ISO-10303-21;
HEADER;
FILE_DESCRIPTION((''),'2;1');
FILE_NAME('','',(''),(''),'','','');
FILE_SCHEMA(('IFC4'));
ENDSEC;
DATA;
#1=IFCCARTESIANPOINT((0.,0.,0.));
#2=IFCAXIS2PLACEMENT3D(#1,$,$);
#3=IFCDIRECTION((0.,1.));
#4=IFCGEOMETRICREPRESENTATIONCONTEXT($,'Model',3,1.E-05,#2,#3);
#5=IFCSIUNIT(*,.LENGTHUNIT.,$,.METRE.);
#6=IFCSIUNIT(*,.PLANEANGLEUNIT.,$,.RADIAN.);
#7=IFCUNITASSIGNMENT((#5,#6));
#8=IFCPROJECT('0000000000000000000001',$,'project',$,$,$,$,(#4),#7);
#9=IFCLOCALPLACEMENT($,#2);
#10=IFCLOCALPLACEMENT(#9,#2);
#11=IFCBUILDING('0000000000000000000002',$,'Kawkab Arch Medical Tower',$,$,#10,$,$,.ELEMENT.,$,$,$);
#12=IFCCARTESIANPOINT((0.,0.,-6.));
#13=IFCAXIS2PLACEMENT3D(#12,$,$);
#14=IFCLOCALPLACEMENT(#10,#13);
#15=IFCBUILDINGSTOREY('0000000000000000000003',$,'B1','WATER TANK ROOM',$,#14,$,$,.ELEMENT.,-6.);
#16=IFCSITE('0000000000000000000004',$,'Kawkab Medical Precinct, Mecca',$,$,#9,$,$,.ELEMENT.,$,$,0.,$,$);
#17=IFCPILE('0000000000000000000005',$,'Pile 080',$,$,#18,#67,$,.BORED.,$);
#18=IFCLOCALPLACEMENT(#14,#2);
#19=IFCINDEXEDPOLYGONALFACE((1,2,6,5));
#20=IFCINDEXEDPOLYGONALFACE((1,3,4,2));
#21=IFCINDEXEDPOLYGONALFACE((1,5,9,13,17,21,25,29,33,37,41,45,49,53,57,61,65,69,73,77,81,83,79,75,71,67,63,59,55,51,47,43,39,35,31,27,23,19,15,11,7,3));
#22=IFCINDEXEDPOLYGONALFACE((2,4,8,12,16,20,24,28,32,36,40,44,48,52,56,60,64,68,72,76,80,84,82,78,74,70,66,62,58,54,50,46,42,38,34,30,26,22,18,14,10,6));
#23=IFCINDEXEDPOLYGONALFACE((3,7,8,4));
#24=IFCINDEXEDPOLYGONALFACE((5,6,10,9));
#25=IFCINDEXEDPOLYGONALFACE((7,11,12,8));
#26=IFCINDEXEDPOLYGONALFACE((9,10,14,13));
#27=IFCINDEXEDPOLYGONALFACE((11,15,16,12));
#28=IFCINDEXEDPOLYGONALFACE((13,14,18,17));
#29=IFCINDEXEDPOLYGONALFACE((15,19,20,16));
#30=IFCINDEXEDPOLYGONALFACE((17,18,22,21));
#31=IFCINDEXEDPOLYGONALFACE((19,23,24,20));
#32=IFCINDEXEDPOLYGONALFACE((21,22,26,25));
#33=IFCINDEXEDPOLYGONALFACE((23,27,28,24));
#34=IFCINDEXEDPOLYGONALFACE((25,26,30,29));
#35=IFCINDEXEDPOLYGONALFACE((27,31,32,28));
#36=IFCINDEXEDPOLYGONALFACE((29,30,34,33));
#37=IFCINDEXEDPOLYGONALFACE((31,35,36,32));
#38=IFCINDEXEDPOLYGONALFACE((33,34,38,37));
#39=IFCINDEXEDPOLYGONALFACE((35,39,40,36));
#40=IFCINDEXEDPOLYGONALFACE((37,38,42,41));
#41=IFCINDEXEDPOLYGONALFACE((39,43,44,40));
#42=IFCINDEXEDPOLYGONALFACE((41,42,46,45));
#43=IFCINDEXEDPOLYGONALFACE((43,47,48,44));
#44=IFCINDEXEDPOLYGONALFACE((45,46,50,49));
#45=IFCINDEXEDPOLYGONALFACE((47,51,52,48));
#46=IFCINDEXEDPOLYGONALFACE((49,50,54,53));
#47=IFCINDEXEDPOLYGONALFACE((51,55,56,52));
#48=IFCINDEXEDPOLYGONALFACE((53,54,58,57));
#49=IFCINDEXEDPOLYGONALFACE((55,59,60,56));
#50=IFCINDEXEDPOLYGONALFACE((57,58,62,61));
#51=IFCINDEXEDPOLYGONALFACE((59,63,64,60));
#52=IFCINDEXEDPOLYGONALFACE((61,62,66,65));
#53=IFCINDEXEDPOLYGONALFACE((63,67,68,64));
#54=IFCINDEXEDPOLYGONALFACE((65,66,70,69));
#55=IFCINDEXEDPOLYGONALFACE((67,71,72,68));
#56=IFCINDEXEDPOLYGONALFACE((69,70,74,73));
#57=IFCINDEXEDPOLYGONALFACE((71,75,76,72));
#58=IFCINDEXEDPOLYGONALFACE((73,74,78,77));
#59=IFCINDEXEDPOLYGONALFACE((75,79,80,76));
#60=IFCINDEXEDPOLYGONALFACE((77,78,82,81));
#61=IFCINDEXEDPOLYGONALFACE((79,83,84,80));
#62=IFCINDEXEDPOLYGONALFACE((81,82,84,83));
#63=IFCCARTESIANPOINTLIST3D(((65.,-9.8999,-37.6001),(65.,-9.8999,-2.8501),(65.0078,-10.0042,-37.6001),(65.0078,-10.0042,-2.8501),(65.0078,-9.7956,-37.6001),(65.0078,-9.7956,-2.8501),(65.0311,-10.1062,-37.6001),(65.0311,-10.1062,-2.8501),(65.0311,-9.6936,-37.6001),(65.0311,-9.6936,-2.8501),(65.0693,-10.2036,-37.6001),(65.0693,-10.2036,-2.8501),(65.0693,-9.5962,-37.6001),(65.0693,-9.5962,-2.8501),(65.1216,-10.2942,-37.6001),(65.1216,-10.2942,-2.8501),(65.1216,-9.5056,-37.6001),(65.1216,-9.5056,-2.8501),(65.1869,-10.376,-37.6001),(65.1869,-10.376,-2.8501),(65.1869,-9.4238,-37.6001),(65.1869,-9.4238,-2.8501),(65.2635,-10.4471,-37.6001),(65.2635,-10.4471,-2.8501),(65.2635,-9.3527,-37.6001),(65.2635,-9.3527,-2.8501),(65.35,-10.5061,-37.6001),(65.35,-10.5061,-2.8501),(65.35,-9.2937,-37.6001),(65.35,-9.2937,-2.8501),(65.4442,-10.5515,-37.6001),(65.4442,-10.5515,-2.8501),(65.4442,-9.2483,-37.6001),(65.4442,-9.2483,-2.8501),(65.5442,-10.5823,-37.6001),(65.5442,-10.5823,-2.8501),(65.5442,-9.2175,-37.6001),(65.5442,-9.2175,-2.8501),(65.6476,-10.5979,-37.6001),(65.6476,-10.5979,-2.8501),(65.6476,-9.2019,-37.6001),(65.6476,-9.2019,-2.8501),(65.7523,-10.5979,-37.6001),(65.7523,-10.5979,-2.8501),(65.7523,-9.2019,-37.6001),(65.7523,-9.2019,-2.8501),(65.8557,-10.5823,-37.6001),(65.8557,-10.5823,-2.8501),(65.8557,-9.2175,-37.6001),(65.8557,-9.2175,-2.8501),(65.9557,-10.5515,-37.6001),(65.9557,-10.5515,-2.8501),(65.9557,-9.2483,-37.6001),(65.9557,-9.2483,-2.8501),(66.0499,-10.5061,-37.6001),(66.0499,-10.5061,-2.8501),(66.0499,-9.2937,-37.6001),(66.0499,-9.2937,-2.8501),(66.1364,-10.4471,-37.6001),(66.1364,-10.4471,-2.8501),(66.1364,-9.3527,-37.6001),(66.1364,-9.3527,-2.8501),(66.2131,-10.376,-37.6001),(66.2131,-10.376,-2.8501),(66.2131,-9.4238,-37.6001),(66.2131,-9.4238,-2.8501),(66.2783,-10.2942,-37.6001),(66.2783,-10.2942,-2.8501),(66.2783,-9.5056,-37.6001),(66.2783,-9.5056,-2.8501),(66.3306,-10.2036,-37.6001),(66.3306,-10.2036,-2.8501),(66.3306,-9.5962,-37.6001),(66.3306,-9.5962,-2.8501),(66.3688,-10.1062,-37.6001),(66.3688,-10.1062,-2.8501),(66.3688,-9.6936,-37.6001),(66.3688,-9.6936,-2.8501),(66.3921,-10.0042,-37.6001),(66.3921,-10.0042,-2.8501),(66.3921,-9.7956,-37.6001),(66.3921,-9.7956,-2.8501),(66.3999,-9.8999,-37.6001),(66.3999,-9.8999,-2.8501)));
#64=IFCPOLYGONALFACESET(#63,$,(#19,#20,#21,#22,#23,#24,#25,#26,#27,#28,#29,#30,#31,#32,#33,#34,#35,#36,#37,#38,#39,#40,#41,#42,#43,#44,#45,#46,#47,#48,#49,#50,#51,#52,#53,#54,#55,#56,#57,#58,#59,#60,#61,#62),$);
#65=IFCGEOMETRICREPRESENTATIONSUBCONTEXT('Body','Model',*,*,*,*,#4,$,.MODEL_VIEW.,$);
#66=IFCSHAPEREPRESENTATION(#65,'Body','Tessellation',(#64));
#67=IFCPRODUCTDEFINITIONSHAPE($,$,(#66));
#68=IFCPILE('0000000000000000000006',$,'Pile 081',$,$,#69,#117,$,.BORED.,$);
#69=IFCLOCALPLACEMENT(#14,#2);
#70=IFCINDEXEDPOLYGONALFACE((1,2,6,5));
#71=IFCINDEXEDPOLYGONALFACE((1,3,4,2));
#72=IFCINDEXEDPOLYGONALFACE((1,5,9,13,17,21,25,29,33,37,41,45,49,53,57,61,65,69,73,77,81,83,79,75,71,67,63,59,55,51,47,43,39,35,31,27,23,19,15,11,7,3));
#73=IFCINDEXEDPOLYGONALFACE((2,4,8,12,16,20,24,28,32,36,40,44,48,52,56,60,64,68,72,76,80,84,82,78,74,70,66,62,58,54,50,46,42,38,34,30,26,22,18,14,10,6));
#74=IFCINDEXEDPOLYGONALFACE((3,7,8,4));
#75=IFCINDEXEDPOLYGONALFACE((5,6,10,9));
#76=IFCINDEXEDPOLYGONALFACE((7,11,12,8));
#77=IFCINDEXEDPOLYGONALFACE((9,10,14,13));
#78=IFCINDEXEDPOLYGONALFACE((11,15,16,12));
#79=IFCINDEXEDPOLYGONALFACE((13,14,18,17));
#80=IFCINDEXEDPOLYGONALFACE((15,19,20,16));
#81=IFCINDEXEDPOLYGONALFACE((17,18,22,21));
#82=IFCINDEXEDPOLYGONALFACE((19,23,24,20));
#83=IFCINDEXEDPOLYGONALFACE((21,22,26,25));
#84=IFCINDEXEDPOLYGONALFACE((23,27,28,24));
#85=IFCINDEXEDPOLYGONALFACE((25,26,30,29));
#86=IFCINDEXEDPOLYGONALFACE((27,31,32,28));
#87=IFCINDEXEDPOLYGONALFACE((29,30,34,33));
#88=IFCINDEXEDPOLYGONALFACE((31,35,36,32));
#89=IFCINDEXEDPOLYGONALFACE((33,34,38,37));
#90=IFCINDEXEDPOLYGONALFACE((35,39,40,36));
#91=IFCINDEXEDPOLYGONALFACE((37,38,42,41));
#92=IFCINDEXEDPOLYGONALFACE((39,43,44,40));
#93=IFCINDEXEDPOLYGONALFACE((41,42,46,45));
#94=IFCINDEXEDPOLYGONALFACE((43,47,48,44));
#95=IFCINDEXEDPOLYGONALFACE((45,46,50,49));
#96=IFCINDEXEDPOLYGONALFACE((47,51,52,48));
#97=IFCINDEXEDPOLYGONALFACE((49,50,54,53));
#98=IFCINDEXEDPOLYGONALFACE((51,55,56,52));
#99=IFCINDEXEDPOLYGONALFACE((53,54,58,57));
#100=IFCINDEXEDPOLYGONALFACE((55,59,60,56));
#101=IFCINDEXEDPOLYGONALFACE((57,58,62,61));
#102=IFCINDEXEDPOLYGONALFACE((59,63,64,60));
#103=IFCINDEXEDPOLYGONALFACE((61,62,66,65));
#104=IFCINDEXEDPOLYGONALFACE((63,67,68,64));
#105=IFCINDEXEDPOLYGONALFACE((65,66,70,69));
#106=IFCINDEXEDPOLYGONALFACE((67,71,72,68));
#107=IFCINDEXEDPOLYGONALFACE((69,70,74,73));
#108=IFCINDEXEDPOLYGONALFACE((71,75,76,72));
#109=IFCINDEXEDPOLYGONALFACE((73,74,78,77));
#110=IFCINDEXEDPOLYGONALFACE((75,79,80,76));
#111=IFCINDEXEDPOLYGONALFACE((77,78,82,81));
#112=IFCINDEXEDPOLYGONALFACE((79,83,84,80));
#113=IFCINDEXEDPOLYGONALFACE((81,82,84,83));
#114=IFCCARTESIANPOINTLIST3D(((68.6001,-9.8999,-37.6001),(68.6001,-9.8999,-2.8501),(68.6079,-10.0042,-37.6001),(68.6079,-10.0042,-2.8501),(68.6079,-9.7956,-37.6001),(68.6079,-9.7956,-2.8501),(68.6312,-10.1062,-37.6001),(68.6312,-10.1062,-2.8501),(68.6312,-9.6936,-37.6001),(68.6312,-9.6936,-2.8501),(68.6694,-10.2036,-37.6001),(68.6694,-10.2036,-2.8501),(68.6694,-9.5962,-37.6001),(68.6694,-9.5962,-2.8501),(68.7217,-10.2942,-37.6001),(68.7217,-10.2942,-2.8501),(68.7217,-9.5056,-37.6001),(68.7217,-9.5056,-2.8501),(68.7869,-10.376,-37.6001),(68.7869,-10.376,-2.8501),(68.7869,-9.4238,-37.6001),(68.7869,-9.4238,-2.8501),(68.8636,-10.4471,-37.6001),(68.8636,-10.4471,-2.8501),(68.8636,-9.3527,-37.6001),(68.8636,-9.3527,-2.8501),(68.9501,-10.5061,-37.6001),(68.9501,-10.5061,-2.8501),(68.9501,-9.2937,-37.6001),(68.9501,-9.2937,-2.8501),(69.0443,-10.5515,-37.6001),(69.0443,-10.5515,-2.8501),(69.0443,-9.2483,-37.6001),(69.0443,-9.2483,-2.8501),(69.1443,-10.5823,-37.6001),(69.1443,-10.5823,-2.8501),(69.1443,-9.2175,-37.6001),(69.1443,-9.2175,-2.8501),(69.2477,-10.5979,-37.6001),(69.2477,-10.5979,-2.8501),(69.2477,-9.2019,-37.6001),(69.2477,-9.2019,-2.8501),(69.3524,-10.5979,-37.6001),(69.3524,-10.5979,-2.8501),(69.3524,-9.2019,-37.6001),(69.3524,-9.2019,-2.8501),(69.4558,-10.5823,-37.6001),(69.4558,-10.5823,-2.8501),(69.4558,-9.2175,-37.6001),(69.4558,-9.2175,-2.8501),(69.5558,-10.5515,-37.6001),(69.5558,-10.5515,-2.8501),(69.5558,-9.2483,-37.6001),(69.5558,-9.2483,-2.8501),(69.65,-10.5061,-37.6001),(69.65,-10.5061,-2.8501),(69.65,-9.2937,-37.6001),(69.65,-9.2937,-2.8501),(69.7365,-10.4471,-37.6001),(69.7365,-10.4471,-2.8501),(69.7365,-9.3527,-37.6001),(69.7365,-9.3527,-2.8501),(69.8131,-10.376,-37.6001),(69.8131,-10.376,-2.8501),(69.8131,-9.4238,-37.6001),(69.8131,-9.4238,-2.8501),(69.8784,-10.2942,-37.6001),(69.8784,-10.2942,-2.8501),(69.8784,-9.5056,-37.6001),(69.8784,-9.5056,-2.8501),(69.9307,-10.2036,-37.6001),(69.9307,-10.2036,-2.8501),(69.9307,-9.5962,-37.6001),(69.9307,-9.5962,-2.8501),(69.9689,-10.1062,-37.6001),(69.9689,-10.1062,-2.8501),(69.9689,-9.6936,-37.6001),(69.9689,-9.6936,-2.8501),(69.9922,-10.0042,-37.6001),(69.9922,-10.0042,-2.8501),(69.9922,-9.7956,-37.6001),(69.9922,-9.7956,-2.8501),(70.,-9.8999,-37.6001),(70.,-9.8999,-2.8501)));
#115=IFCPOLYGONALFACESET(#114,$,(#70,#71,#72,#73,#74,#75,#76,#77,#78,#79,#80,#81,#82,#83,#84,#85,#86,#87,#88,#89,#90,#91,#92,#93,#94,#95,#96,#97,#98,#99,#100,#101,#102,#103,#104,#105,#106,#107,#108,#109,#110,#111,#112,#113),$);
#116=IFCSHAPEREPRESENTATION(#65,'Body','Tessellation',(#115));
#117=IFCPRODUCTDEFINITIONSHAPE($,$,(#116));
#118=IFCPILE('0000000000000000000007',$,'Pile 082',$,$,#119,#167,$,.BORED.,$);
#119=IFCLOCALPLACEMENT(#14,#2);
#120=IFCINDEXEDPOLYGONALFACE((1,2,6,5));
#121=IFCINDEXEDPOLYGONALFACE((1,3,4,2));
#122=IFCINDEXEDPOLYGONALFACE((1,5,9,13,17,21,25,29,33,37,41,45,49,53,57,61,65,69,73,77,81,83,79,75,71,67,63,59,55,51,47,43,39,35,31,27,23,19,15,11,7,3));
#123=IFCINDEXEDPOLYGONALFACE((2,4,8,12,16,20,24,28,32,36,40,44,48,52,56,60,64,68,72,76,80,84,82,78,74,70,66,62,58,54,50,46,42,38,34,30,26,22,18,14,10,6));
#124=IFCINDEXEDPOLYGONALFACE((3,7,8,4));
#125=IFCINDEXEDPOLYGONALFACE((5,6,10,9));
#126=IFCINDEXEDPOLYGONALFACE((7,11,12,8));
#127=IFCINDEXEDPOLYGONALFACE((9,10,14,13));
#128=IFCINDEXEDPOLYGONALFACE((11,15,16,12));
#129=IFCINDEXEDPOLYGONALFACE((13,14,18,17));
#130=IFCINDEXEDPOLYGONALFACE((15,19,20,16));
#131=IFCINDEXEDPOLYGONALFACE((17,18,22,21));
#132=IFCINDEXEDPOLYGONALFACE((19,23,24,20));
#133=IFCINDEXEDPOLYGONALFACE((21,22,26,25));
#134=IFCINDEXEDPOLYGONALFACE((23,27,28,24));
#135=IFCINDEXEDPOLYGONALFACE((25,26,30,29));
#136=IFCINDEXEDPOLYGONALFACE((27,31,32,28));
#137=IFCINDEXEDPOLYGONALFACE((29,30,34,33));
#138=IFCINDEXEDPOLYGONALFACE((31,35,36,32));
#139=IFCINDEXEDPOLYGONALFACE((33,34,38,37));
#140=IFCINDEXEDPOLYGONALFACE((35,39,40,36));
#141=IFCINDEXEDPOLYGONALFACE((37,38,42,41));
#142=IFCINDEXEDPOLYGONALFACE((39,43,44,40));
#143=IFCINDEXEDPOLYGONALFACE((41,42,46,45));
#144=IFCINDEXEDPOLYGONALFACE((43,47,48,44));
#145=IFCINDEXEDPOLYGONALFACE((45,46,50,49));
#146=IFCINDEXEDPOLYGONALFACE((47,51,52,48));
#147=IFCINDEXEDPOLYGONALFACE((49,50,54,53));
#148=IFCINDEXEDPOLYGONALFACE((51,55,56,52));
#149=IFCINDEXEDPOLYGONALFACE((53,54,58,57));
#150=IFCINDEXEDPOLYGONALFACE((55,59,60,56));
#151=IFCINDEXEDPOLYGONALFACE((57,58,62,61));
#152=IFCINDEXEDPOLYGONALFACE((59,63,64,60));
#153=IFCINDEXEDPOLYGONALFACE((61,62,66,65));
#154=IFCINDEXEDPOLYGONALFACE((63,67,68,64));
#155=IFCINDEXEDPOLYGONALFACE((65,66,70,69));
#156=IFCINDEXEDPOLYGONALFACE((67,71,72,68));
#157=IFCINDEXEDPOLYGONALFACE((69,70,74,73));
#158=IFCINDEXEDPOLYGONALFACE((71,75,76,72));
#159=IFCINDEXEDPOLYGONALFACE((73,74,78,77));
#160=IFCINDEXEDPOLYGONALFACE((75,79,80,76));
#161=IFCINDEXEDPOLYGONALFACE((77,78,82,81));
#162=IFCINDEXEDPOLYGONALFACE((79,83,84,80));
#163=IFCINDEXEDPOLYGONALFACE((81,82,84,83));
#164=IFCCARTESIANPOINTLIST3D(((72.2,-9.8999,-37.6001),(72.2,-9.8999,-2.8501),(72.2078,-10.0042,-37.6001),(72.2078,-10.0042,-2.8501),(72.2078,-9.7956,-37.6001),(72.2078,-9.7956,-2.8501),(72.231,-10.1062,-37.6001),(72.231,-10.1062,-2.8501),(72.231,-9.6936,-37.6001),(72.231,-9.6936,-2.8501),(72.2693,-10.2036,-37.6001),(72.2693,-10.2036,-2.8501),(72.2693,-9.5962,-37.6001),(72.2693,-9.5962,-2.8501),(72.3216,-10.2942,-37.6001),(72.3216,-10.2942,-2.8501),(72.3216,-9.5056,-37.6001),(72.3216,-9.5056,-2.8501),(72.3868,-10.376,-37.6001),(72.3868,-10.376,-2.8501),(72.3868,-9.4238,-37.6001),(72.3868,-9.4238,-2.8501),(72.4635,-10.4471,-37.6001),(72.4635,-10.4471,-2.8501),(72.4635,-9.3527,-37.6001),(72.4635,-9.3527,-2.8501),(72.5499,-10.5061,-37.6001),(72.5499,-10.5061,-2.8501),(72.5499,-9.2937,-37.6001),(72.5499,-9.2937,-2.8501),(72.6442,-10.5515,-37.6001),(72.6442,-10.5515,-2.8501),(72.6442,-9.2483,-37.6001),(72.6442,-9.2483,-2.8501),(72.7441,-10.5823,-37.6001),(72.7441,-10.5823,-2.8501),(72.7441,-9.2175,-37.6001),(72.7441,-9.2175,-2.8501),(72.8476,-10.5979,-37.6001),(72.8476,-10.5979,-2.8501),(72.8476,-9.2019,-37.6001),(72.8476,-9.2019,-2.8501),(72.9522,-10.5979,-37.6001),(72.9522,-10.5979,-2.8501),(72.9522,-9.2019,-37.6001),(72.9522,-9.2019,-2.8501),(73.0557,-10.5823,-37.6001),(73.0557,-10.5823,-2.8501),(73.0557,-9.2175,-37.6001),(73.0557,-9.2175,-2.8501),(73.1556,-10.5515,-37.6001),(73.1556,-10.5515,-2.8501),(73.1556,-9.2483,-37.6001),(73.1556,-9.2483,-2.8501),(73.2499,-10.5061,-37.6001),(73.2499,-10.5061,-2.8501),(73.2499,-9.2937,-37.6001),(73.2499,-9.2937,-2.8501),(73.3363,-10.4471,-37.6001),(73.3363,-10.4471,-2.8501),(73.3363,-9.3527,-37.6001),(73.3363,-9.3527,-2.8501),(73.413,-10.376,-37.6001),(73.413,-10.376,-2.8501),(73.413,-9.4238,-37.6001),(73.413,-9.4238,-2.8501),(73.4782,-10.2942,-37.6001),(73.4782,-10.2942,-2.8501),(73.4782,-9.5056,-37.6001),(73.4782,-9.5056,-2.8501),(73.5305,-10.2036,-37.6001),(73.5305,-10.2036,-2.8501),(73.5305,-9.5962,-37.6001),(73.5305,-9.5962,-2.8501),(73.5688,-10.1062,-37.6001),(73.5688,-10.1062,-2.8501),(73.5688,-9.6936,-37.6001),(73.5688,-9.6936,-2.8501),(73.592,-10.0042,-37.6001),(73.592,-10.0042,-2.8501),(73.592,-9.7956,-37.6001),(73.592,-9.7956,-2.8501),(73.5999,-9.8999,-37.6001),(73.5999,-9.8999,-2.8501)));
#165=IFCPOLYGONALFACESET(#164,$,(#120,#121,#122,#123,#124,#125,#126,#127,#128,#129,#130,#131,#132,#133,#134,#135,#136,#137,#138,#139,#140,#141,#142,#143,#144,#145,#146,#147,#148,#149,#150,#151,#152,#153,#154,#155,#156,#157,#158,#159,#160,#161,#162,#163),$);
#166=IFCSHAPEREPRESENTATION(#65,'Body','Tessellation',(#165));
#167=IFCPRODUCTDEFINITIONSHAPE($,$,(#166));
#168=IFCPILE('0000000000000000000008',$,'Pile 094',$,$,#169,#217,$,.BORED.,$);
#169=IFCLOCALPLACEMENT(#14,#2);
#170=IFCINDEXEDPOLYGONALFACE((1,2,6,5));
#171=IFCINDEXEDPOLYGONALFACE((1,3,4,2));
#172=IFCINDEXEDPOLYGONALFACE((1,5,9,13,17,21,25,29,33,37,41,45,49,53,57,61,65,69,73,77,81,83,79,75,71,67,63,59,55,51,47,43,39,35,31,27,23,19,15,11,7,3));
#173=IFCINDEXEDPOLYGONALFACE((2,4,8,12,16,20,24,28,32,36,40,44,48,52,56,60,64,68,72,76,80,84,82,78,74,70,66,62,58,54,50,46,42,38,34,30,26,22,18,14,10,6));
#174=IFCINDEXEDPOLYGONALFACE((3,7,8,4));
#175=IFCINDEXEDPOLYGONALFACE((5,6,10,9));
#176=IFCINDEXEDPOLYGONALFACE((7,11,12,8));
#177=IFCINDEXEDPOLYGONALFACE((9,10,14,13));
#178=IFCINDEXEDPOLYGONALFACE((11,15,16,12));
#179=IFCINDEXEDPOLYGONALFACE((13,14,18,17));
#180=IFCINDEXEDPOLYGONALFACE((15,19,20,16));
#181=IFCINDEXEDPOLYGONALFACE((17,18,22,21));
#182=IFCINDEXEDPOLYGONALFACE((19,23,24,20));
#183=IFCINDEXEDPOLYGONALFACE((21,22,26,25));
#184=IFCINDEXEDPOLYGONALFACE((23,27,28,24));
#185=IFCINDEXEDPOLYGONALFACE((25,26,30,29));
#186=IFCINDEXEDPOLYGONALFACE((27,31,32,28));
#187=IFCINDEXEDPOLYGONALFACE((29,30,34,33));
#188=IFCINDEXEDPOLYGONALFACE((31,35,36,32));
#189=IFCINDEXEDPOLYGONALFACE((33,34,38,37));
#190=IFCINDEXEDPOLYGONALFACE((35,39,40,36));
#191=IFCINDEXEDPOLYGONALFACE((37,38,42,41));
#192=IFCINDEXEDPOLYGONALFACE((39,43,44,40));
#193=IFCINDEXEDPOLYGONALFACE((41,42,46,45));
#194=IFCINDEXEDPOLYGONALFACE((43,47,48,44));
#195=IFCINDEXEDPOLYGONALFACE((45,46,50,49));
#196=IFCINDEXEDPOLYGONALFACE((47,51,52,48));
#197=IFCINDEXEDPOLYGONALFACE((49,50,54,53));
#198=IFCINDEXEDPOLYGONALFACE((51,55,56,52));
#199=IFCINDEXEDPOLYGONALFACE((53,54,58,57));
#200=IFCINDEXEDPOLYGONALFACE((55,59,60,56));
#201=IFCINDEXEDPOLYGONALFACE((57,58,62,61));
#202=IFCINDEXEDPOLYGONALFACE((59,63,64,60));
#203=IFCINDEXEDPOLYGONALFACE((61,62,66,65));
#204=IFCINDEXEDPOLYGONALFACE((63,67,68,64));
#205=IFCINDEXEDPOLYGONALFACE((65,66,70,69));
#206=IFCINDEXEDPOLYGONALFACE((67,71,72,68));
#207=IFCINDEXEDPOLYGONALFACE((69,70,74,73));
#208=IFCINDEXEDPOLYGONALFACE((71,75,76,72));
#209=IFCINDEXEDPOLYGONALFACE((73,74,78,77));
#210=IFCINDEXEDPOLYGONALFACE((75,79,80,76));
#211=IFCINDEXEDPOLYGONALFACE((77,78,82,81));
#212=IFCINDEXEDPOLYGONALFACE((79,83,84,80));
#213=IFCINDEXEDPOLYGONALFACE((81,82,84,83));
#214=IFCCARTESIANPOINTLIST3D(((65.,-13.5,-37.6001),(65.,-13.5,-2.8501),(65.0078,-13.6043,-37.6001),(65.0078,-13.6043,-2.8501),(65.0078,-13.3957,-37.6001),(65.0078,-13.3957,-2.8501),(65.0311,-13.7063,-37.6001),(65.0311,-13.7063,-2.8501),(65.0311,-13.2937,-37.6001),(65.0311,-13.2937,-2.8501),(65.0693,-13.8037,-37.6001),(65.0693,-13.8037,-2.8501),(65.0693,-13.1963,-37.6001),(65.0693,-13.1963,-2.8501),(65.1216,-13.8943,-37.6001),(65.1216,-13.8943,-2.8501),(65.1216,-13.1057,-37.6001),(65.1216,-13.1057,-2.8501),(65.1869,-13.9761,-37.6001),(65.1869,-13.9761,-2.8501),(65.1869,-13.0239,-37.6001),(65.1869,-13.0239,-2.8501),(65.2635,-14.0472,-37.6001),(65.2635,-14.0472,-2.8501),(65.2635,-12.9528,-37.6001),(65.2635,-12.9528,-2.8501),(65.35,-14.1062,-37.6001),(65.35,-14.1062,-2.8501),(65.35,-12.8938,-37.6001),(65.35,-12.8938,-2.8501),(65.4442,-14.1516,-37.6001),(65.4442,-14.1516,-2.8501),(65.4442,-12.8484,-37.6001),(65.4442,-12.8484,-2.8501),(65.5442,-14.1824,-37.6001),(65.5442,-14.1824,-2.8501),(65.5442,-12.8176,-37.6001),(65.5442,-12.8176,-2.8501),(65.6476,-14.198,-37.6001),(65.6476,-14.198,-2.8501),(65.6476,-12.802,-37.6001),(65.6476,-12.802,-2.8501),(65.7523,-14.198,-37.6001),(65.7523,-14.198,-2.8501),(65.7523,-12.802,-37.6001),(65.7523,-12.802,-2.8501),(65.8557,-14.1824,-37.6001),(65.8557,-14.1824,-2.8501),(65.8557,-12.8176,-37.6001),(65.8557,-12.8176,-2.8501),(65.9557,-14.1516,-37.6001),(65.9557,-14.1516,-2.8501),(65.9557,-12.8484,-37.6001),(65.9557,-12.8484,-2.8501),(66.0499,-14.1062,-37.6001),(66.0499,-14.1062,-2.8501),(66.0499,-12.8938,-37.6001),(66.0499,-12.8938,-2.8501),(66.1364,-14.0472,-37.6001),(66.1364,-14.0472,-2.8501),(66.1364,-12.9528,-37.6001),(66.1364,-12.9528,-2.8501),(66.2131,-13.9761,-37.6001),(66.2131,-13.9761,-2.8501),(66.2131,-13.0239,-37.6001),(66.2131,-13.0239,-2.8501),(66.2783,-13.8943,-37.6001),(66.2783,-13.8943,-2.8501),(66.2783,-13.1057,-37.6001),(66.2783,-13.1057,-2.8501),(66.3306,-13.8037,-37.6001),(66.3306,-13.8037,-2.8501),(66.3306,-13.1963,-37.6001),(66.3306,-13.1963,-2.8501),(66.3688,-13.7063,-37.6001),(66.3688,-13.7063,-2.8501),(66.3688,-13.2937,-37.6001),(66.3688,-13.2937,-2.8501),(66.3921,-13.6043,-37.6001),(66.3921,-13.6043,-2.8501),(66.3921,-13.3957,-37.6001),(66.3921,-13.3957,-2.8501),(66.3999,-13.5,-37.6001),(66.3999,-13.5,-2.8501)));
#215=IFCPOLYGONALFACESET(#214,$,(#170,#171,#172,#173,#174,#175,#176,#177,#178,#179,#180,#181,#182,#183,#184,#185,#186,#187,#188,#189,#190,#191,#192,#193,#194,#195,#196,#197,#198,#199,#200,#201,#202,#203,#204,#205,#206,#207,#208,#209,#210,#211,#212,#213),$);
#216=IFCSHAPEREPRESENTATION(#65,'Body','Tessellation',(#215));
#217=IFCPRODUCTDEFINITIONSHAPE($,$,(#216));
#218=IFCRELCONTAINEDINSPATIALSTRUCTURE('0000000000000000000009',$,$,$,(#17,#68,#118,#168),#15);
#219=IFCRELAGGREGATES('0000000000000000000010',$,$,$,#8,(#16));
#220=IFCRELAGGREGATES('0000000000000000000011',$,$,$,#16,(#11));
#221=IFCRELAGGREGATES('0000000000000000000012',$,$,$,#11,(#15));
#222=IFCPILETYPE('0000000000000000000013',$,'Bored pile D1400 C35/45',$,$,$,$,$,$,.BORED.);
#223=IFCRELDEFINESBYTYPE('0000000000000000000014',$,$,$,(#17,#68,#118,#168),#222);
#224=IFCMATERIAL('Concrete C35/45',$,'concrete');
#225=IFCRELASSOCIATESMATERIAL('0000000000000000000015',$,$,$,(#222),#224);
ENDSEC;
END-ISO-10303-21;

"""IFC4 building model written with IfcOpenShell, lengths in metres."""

from ifc_helpers import new_model, si_unit, direction, frame, origin, origin_2d, place, context, subcontext, project, spatial, circle, extrude, material, material_profile, profile_set, type_object, element, save


model = new_model("IFC4")

# Units and contexts
model_context = context("Model", 3, precision=1e-05, world=origin(), true_north=direction((0.0, 1.0)))
body_context = subcontext(model_context, "Body", "Model", "MODEL_VIEW")
ifc_project = project(units=[si_unit("LENGTHUNIT", "METRE"), si_unit("PLANEANGLEUNIT", "RADIAN")], contexts=[model_context])

# Site, building, storey
site_placement = place(None, origin())
site = spatial("IfcSite", under=ifc_project, at=site_placement, Name="Kawkab Medical Precinct, Mecca", CompositionType="ELEMENT", RefElevation=0.0)
building_placement = place(site_placement, origin())
building = spatial("IfcBuilding", under=site, at=building_placement, Name="Kawkab Arch Medical Tower", CompositionType="ELEMENT")
storey_placement = place(building_placement, frame((0.0, 0.0, -6.0)))
storey = spatial("IfcBuildingStorey", under=building, at=storey_placement, Name="B1", Description="WATER TANK ROOM", CompositionType="ELEMENT", Elevation=-6.0)

# Piles
ifc_material_1 = material(Name="Concrete C35/45", Category="concrete")
ifc_material_profile_1 = material_profile(ifc_material_1, circle(Radius=0.7, at=origin_2d()), Name="Bored pile D1400")
ifc_profile_set_1 = profile_set([ifc_material_profile_1], Name="Concrete C35/45")
pile_type = type_object("IfcPileType", Name="Bored pile D1400 C35/45", PredefinedType="BORED", material=ifc_profile_set_1)
for number, where, z_axis, x_axis, name in (
    (1, (65.7, -9.8999, -2.8501), (0.0, 0.0, -1.0), (1.0, 0.0, 0.0), "Pile 080"),
    (2, (69.3, -9.8999, -2.8501), (0.0, 0.0, -1.0), (1.0, 0.0, 0.0), "Pile 081"),
    (3, (72.8999, -9.8999, -2.8501), (0.0, 0.0, -1.0), (1.0, 0.0, 0.0), "Pile 082"),
    (4, (65.7, -13.5, -2.8501), (0.0, 0.0, -1.0), (1.0, 0.0, 0.0), "Pile 094"),
):
    element("IfcPile", number, at=place(storey_placement, frame(where, z_axis=z_axis, x_axis=x_axis)), inside=storey, type_object=pile_type, Name=name, PredefinedType="BORED", context=body_context, shape_type="SweptSolid", body=[
        extrude(circle(Radius=0.7, at=origin_2d()), origin(), (0.0, 0.0, 1.0), 34.75),
    ])

save(model, "model.ifc")
